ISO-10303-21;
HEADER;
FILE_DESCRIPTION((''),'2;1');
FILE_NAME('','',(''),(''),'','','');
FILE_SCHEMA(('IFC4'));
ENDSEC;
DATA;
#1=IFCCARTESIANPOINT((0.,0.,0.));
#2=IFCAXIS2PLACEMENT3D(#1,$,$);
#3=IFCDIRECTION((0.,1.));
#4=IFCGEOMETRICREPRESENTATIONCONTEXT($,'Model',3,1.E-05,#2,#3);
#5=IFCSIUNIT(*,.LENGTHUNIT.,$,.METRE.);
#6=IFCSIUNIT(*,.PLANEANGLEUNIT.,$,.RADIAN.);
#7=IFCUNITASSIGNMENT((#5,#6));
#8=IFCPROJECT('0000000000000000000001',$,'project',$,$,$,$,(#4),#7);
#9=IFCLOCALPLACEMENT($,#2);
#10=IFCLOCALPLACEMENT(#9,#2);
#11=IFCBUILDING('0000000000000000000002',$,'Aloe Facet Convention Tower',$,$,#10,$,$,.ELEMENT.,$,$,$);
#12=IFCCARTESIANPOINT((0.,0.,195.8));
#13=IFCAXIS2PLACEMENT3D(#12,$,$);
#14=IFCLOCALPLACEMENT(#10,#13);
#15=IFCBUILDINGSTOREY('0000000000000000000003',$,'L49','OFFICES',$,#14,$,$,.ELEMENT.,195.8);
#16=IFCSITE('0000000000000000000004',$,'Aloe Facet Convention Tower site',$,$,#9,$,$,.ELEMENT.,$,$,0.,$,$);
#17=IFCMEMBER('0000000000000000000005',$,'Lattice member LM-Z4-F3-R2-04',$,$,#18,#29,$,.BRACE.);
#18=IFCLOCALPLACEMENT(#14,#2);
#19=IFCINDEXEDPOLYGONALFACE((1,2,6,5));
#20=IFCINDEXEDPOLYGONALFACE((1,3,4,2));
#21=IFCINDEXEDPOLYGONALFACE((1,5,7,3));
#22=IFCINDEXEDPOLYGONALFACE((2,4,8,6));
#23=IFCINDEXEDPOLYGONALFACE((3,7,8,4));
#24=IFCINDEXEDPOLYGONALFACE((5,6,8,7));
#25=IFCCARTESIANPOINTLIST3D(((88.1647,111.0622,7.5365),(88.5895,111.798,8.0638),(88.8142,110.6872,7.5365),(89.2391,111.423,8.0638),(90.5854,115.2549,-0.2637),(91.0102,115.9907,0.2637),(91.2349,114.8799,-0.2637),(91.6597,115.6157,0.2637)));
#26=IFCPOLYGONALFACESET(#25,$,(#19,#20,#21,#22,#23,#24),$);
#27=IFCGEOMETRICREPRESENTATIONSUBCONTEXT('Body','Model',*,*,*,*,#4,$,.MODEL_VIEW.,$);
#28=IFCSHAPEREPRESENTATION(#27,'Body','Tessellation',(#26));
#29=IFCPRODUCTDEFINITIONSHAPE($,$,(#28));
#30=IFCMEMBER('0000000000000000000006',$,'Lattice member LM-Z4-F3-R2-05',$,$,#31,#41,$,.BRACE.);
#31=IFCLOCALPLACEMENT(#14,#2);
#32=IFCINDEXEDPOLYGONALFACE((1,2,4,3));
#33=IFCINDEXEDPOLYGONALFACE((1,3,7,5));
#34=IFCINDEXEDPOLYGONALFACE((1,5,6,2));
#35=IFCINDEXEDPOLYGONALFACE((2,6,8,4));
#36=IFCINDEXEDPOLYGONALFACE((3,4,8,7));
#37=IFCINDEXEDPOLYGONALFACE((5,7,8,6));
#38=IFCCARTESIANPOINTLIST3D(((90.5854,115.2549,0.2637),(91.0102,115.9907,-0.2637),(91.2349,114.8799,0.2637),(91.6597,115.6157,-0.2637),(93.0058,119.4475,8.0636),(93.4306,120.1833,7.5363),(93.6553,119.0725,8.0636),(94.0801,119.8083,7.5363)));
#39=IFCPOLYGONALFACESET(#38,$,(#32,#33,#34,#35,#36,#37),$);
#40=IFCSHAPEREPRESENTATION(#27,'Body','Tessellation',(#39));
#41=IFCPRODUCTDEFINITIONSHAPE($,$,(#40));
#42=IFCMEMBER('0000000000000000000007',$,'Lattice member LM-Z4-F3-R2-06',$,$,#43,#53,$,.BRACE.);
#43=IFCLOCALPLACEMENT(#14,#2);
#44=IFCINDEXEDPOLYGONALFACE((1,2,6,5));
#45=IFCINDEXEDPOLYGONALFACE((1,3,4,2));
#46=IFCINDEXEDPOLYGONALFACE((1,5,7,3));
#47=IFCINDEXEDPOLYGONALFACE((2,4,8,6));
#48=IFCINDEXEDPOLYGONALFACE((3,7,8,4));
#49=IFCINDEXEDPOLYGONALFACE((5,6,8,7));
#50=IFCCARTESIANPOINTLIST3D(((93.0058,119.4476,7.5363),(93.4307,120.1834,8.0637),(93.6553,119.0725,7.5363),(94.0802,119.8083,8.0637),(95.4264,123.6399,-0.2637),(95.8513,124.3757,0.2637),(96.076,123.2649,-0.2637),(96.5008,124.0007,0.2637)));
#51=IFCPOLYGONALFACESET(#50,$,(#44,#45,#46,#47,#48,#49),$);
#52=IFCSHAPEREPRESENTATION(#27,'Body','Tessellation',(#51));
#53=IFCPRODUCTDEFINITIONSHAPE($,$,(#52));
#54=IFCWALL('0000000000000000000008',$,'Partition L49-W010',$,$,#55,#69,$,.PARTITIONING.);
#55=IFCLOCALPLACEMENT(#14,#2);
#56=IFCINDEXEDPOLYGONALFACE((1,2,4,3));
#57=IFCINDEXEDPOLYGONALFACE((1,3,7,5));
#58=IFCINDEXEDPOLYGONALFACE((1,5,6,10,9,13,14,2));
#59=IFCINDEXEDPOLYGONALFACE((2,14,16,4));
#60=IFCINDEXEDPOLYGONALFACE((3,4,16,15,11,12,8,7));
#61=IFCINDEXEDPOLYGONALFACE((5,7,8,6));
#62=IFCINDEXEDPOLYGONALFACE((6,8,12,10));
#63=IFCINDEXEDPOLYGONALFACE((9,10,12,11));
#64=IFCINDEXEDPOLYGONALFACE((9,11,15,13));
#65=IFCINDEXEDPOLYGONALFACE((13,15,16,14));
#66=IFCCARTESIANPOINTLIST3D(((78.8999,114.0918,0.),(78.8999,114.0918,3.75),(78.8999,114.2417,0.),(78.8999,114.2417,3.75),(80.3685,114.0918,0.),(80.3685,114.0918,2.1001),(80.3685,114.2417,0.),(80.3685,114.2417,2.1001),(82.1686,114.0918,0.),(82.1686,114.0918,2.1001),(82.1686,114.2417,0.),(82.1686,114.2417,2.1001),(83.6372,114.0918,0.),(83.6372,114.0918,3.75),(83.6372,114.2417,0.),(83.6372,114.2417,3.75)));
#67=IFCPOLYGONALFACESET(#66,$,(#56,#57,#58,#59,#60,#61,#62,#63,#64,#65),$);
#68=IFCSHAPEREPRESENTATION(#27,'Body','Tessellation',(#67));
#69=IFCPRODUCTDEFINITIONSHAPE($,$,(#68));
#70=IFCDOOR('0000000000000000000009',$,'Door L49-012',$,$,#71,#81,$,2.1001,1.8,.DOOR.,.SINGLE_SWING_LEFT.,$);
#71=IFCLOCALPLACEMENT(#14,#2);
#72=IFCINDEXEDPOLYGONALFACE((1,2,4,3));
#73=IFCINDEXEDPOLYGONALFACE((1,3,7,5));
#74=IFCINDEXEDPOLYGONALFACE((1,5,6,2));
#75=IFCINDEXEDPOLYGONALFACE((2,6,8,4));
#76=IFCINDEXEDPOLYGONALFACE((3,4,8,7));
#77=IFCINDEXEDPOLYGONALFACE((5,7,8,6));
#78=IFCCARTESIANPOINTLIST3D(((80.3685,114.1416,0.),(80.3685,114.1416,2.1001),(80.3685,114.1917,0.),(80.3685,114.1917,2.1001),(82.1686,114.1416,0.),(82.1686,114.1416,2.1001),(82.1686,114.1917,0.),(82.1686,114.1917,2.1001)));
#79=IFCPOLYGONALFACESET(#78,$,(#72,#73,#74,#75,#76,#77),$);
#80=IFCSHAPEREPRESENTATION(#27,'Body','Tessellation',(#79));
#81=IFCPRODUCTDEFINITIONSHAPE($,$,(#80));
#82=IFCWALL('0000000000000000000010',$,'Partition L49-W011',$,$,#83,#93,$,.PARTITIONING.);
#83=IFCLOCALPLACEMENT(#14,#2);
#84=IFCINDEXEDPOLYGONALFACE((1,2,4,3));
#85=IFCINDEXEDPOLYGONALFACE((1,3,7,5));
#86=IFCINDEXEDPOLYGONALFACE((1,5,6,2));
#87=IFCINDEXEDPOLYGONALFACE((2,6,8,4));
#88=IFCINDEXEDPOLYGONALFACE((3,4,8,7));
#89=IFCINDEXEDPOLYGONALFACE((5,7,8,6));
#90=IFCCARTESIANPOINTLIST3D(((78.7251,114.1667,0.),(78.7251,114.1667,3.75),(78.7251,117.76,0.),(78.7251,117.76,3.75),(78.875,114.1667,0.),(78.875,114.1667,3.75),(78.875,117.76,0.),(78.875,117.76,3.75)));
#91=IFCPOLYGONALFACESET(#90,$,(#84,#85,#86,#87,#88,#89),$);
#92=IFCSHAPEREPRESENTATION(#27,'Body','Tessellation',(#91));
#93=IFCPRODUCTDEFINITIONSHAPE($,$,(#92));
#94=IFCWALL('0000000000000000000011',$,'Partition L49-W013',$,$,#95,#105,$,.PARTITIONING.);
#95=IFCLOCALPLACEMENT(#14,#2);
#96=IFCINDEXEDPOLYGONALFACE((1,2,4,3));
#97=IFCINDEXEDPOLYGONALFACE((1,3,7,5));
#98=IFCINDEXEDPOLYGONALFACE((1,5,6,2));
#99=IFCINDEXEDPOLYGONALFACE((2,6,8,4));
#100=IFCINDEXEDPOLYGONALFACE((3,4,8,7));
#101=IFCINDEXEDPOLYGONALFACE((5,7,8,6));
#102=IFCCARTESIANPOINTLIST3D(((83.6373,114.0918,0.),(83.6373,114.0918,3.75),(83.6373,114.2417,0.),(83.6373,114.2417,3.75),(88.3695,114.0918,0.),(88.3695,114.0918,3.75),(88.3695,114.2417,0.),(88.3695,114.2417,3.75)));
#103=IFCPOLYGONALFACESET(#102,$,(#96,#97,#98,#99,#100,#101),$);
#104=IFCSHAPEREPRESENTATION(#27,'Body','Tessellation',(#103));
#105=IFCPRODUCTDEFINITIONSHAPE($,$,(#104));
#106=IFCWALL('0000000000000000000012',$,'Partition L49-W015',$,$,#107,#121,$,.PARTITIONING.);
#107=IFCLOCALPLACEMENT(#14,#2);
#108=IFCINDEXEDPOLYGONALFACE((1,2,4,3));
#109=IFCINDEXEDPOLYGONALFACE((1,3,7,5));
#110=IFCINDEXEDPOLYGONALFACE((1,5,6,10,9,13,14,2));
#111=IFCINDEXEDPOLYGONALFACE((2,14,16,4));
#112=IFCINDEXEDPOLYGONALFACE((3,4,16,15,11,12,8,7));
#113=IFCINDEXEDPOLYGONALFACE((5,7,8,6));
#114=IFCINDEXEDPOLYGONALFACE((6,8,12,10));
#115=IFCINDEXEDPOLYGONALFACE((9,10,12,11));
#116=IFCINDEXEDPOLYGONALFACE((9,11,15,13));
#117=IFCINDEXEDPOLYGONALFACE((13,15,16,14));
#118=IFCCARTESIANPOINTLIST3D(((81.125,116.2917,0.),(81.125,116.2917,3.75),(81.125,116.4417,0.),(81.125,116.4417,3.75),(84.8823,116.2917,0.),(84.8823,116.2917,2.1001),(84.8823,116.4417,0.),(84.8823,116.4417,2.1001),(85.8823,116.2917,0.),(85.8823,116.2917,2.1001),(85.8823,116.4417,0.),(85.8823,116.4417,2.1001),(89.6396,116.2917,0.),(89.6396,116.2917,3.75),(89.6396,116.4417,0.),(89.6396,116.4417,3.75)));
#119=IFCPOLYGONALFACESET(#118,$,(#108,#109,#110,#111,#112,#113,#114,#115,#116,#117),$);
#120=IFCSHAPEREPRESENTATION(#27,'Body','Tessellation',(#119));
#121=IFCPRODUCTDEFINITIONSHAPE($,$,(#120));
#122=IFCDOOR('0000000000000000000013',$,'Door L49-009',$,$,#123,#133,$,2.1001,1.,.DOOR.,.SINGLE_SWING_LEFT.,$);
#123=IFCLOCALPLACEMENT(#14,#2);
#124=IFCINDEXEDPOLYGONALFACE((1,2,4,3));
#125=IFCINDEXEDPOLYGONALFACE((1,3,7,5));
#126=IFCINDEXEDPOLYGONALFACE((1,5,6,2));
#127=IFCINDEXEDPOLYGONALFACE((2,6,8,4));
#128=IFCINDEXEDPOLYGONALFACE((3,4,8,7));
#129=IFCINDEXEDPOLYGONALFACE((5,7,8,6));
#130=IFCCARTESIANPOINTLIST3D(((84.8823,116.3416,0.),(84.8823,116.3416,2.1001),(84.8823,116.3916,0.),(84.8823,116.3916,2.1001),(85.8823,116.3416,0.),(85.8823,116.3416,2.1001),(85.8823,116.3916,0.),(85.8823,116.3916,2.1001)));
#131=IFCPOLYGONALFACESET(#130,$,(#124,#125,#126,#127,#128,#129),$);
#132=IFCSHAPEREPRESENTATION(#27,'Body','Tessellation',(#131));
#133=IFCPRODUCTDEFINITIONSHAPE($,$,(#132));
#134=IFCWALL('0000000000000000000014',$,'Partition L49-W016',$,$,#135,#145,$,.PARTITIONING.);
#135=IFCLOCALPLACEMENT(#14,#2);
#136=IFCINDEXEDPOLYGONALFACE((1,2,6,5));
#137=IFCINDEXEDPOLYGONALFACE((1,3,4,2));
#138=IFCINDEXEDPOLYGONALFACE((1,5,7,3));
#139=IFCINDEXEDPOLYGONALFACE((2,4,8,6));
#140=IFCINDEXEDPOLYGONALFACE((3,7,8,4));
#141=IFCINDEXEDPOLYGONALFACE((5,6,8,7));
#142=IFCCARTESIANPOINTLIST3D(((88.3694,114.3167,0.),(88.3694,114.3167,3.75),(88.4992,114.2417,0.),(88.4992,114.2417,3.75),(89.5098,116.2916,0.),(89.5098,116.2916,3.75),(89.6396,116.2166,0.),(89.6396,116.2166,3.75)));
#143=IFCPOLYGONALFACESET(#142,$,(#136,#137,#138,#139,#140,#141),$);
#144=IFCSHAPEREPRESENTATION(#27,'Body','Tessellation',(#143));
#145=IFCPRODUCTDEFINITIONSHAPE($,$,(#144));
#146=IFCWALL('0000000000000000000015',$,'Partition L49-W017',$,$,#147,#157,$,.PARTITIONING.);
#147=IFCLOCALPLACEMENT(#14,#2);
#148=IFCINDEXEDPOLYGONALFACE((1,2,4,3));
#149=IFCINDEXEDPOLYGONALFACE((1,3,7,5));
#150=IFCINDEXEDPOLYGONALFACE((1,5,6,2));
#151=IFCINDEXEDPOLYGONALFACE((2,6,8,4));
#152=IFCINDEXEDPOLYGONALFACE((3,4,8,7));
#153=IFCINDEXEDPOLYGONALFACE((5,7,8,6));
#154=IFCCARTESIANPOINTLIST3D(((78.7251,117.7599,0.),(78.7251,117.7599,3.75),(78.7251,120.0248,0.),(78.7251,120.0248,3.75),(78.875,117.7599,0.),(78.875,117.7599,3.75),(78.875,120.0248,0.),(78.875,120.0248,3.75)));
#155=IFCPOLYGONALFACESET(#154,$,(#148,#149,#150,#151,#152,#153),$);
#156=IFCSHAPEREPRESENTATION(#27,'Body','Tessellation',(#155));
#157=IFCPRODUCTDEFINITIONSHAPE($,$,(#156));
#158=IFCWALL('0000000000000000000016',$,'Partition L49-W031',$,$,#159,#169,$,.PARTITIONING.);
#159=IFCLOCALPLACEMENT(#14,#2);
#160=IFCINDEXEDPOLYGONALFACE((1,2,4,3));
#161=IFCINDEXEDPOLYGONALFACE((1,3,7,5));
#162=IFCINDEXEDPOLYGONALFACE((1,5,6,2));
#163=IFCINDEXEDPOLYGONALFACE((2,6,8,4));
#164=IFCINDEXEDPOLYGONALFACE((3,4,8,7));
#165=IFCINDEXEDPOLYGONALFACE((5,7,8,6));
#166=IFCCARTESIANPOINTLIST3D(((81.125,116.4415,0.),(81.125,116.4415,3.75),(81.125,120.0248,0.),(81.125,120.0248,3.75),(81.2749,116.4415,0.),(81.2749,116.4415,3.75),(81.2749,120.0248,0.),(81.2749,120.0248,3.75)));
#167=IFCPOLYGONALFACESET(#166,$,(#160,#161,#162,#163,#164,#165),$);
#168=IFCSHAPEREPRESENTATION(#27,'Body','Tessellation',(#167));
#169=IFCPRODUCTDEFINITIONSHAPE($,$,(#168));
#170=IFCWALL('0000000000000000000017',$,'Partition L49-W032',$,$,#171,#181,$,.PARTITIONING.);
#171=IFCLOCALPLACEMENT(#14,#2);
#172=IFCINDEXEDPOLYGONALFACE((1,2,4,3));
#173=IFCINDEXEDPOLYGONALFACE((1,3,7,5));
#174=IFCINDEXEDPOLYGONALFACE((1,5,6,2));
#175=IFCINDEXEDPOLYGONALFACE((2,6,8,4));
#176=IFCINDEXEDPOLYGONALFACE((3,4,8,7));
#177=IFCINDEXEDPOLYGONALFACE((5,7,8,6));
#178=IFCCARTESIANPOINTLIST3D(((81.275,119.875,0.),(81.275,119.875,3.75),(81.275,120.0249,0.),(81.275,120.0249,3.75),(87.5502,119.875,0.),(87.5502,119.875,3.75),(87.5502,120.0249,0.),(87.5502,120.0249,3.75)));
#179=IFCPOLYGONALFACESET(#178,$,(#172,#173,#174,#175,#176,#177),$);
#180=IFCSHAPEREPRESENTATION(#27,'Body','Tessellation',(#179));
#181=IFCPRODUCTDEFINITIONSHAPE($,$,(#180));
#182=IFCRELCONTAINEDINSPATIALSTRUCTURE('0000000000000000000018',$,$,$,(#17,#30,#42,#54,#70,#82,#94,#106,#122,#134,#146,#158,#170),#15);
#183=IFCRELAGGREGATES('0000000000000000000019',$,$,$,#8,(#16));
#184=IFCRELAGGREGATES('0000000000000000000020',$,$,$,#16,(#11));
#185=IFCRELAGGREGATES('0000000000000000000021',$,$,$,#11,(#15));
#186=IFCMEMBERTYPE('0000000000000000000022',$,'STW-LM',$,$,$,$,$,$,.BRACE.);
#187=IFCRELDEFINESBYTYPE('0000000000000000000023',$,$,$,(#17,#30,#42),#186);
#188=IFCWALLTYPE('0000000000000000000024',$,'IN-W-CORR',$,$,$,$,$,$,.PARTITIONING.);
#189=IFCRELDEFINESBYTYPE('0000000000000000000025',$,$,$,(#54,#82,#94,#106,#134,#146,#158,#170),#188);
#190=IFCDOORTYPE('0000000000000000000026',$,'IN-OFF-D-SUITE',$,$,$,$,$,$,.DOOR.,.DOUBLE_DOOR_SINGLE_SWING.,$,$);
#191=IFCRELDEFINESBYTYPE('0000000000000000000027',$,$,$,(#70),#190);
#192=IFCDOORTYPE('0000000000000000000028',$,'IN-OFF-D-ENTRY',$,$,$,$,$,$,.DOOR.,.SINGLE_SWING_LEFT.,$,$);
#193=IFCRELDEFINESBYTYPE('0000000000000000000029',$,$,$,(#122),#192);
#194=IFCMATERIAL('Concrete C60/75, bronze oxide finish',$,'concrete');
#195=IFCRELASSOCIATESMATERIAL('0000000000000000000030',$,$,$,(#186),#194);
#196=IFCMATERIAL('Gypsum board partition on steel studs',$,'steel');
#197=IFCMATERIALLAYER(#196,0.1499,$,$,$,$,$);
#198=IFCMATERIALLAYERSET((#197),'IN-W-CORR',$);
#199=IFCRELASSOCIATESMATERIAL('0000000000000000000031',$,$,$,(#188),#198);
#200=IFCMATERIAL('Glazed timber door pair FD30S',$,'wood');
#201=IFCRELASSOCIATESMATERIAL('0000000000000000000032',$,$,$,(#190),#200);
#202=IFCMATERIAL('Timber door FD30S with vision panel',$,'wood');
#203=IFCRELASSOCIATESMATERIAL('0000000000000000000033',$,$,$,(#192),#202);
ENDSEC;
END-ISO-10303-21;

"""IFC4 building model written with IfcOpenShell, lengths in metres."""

from ifc_helpers import new_model, si_unit, direction, frame, frame_2d, origin, origin_2d, place, context, subcontext, project, spatial, rectangle, extrude, material, layer, layer_set, material_profile, profile_set, type_object, element, fill, save


model = new_model("IFC4")

# Units and contexts
model_context = context("Model", 3, precision=1e-05, world=origin(), true_north=direction((0.0, 1.0)))
body_context = subcontext(model_context, "Body", "Model", "MODEL_VIEW")
ifc_project = project(units=[si_unit("LENGTHUNIT", "METRE"), si_unit("PLANEANGLEUNIT", "RADIAN")], contexts=[model_context])

# Site, building, storey
site_placement = place(None, origin())
site = spatial("IfcSite", under=ifc_project, at=site_placement, Name="Aloe Facet Convention Tower site", CompositionType="ELEMENT", RefElevation=0.0)
building_placement = place(site_placement, origin())
building = spatial("IfcBuilding", under=site, at=building_placement, Name="Aloe Facet Convention Tower", CompositionType="ELEMENT")
storey_placement = place(building_placement, frame((0.0, 0.0, 195.8)))
storey = spatial("IfcBuildingStorey", under=building, at=storey_placement, Name="L49", Description="OFFICES", CompositionType="ELEMENT", Elevation=195.8)

# Members
ifc_material_1 = material(Name="Concrete C60/75, bronze oxide finish", Category="concrete")
ifc_material_profile_1 = material_profile(ifc_material_1, rectangle(XDim=0.75, YDim=1.0, at=origin_2d()), Name="STW-LM")
ifc_profile_set_1 = profile_set([ifc_material_profile_1], Name="Concrete C60/75, bronze oxide finish")
member_type = type_object("IfcMemberType", Name="STW-LM", PredefinedType="BRACE", material=ifc_profile_set_1)
member_placement = place(storey_placement, frame((91.1226, 115.4353, 0.0), z_axis=(-0.263678, -0.456697, 0.849648), x_axis=(0.866022, -0.500006, 0.0)))
element("IfcMember", 1, at=member_placement, inside=storey, type_object=member_type, Name="Lattice member LM-Z4-F3-R2-04", PredefinedType="BRACE", context=body_context, shape_type="SweptSolid", body=[
    extrude(rectangle(XDim=0.75, YDim=1.0, at=origin_2d()), origin(), (0.0, 0.0, 1.0), 9.1804),
])
for number, where, z_axis, x_axis, name in (
    (2, (91.1226, 115.4353, 0.0), (0.263654, 0.4567, 0.849654), (-0.866044, 0.499968, 0.0), "Lattice member LM-Z4-F3-R2-05"),
    (3, (95.9636, 123.8203, 0.0), (-0.263682, -0.456676, 0.849658), (0.866009, -0.500028, 0.0), "Lattice member LM-Z4-F3-R2-06"),
):
    element("IfcMember", number, at=place(storey_placement, frame(where, z_axis=z_axis, x_axis=x_axis)), inside=storey, type_object=member_type, Name=name, PredefinedType="BRACE", context=body_context, shape_type="SweptSolid", body=[
        extrude(rectangle(XDim=0.75, YDim=1.0, at=origin_2d()), origin(), (0.0, 0.0, 1.0), 9.1802),
    ])

# Wall, opening, door
ifc_material_2 = material(Name="Gypsum board partition on steel studs", Category="steel")
ifc_layer_1 = layer(ifc_material_2, 0.1499)
ifc_layer_set_1 = layer_set([ifc_layer_1], Name="IN-W-CORR")
wall_type_1 = type_object("IfcWallType", Name="IN-W-CORR", PredefinedType="PARTITIONING", material=ifc_layer_set_1)
wall_1_placement = place(storey_placement, frame((78.8999, 114.1667, 0.0), z_axis=(0.0, 0.0, 1.0), x_axis=(1.0, 0.0, 0.0)))
wall_1 = element("IfcWall", 4, at=wall_1_placement, inside=storey, type_object=wall_type_1, Name="Partition L49-W010", PredefinedType="PARTITIONING", context=body_context, shape_type="SweptSolid", body=[
    extrude(rectangle(XDim=4.7373, YDim=0.1499, at=frame_2d((2.3687, 0.0))), origin(), (0.0, 0.0, 1.0), 3.75),
])
opening_1_placement = place(wall_1_placement, frame((1.4688, 0.0, 0.0)))
opening_1 = element("IfcOpeningElement", 5, at=opening_1_placement, cuts=wall_1, PredefinedType="OPENING", context=body_context, shape_type="SweptSolid", body=[
    extrude(rectangle(XDim=1.8, YDim=2.1001, at=frame_2d((0.8999, 1.05))), frame((0.0, 0.085, 0.0), z_axis=(0.0, -1.0, 0.0), x_axis=(1.0, 0.0, 0.0)), (0.0, 0.0, 1.0), 0.1699),
])
ifc_material_3 = material(Name="Glazed timber door pair FD30S", Category="wood")
door_type_1 = type_object("IfcDoorType", Name="IN-OFF-D-SUITE", OperationType="DOUBLE_DOOR_SINGLE_SWING", PredefinedType="DOOR", material=ifc_material_3)
door_1_placement = place(opening_1_placement, origin())
door_1 = element("IfcDoor", 6, at=door_1_placement, inside=storey, type_object=door_type_1, Name="Door L49-012", OperationType="SINGLE_SWING_LEFT", OverallHeight=2.1001, OverallWidth=1.8, PredefinedType="DOOR", context=body_context, shape_type="SweptSolid", body=[
    extrude(rectangle(XDim=1.8, YDim=2.1001, at=frame_2d((0.8999, 1.05))), frame((0.0, 0.0249, 0.0), z_axis=(0.0, -1.0, 0.0), x_axis=(1.0, 0.0, 0.0)), (0.0, 0.0, 1.0), 0.05),
])
fill(opening_1, door_1)

# Walls
wall_2_placement = place(storey_placement, frame((78.8, 114.1667, 0.0), z_axis=(0.0, 0.0, 1.0), x_axis=(0.0, 1.0, 0.0)))
element("IfcWall", 7, at=wall_2_placement, inside=storey, type_object=wall_type_1, Name="Partition L49-W011", PredefinedType="PARTITIONING", context=body_context, shape_type="SweptSolid", body=[
    extrude(rectangle(XDim=3.5933, YDim=0.1499, at=frame_2d((1.7966, 0.0))), origin(), (0.0, 0.0, 1.0), 3.75),
])
wall_3_placement = place(storey_placement, frame((83.6372, 114.1667, 0.0), z_axis=(0.0, 0.0, 1.0), x_axis=(1.0, 0.0, 0.0)))
element("IfcWall", 8, at=wall_3_placement, inside=storey, type_object=wall_type_1, Name="Partition L49-W013", PredefinedType="PARTITIONING", context=body_context, shape_type="SweptSolid", body=[
    extrude(rectangle(XDim=4.7322, YDim=0.1499, at=frame_2d((2.3662, 0.0))), origin(), (0.0, 0.0, 1.0), 3.75),
])

# Wall, opening, door
wall_4_placement = place(storey_placement, frame((81.125, 116.3667, 0.0), z_axis=(0.0, 0.0, 1.0), x_axis=(1.0, 0.0, 0.0)))
wall_4 = element("IfcWall", 9, at=wall_4_placement, inside=storey, type_object=wall_type_1, Name="Partition L49-W015", PredefinedType="PARTITIONING", context=body_context, shape_type="SweptSolid", body=[
    extrude(rectangle(XDim=8.5146, YDim=0.1499, at=frame_2d((4.2573, 0.0))), origin(), (0.0, 0.0, 1.0), 3.75),
])
opening_2_placement = place(wall_4_placement, frame((3.7573, 0.0, 0.0)))
opening_2 = element("IfcOpeningElement", 10, at=opening_2_placement, cuts=wall_4, PredefinedType="OPENING", context=body_context, shape_type="SweptSolid", body=[
    extrude(rectangle(XDim=1.0, YDim=2.1001, at=frame_2d((0.5, 1.05))), frame((0.0, 0.085, 0.0), z_axis=(0.0, -1.0, 0.0), x_axis=(1.0, 0.0, 0.0)), (0.0, 0.0, 1.0), 0.1699),
])
ifc_material_4 = material(Name="Timber door FD30S with vision panel", Category="wood")
door_type_2 = type_object("IfcDoorType", Name="IN-OFF-D-ENTRY", OperationType="SINGLE_SWING_LEFT", PredefinedType="DOOR", material=ifc_material_4)
door_2_placement = place(opening_2_placement, origin())
door_2 = element("IfcDoor", 11, at=door_2_placement, inside=storey, type_object=door_type_2, Name="Door L49-009", OperationType="SINGLE_SWING_LEFT", OverallHeight=2.1001, OverallWidth=1.0, PredefinedType="DOOR", context=body_context, shape_type="SweptSolid", body=[
    extrude(rectangle(XDim=1.0, YDim=2.1001, at=frame_2d((0.5, 1.05))), frame((0.0, 0.0249, 0.0), z_axis=(0.0, -1.0, 0.0), x_axis=(1.0, 0.0, 0.0)), (0.0, 0.0, 1.0), 0.05),
])
fill(opening_2, door_2)

# Walls
wall_5_placement = place(storey_placement, frame((88.4343, 114.2793, 0.0), z_axis=(0.0, 0.0, 1.0), x_axis=(0.500065, 0.865988, 0.0)))
element("IfcWall", 12, at=wall_5_placement, inside=storey, type_object=wall_type_1, Name="Partition L49-W016", PredefinedType="PARTITIONING", context=body_context, shape_type="SweptSolid", body=[
    extrude(rectangle(XDim=2.2805, YDim=0.1499, at=frame_2d((1.1401, 0.0))), origin(), (0.0, 0.0, 1.0), 3.75),
])
wall_6_placement = place(storey_placement, frame((78.8, 117.76, 0.0), z_axis=(0.0, 0.0, 1.0), x_axis=(0.0, 1.0, 0.0)))
element("IfcWall", 13, at=wall_6_placement, inside=storey, type_object=wall_type_1, Name="Partition L49-W017", PredefinedType="PARTITIONING", context=body_context, shape_type="SweptSolid", body=[
    extrude(rectangle(XDim=2.2649, YDim=0.1499, at=frame_2d((1.1323, 0.0))), origin(), (0.0, 0.0, 1.0), 3.75),
])
wall_7_placement = place(storey_placement, frame((81.2, 116.4417, 0.0), z_axis=(0.0, 0.0, 1.0), x_axis=(0.0, 1.0, 0.0)))
element("IfcWall", 14, at=wall_7_placement, inside=storey, type_object=wall_type_1, Name="Partition L49-W031", PredefinedType="PARTITIONING", context=body_context, shape_type="SweptSolid", body=[
    extrude(rectangle(XDim=3.5833, YDim=0.1499, at=frame_2d((1.7915, 0.0))), origin(), (0.0, 0.0, 1.0), 3.75),
])
wall_8_placement = place(storey_placement, frame((81.2749, 119.95, 0.0), z_axis=(0.0, 0.0, 1.0), x_axis=(1.0, 0.0, 0.0)))
element("IfcWall", 15, at=wall_8_placement, inside=storey, type_object=wall_type_1, Name="Partition L49-W032", PredefinedType="PARTITIONING", context=body_context, shape_type="SweptSolid", body=[
    extrude(rectangle(XDim=6.2751, YDim=0.1499, at=frame_2d((3.1377, 0.0))), origin(), (0.0, 0.0, 1.0), 3.75),
])

save(model, "model.ifc")
